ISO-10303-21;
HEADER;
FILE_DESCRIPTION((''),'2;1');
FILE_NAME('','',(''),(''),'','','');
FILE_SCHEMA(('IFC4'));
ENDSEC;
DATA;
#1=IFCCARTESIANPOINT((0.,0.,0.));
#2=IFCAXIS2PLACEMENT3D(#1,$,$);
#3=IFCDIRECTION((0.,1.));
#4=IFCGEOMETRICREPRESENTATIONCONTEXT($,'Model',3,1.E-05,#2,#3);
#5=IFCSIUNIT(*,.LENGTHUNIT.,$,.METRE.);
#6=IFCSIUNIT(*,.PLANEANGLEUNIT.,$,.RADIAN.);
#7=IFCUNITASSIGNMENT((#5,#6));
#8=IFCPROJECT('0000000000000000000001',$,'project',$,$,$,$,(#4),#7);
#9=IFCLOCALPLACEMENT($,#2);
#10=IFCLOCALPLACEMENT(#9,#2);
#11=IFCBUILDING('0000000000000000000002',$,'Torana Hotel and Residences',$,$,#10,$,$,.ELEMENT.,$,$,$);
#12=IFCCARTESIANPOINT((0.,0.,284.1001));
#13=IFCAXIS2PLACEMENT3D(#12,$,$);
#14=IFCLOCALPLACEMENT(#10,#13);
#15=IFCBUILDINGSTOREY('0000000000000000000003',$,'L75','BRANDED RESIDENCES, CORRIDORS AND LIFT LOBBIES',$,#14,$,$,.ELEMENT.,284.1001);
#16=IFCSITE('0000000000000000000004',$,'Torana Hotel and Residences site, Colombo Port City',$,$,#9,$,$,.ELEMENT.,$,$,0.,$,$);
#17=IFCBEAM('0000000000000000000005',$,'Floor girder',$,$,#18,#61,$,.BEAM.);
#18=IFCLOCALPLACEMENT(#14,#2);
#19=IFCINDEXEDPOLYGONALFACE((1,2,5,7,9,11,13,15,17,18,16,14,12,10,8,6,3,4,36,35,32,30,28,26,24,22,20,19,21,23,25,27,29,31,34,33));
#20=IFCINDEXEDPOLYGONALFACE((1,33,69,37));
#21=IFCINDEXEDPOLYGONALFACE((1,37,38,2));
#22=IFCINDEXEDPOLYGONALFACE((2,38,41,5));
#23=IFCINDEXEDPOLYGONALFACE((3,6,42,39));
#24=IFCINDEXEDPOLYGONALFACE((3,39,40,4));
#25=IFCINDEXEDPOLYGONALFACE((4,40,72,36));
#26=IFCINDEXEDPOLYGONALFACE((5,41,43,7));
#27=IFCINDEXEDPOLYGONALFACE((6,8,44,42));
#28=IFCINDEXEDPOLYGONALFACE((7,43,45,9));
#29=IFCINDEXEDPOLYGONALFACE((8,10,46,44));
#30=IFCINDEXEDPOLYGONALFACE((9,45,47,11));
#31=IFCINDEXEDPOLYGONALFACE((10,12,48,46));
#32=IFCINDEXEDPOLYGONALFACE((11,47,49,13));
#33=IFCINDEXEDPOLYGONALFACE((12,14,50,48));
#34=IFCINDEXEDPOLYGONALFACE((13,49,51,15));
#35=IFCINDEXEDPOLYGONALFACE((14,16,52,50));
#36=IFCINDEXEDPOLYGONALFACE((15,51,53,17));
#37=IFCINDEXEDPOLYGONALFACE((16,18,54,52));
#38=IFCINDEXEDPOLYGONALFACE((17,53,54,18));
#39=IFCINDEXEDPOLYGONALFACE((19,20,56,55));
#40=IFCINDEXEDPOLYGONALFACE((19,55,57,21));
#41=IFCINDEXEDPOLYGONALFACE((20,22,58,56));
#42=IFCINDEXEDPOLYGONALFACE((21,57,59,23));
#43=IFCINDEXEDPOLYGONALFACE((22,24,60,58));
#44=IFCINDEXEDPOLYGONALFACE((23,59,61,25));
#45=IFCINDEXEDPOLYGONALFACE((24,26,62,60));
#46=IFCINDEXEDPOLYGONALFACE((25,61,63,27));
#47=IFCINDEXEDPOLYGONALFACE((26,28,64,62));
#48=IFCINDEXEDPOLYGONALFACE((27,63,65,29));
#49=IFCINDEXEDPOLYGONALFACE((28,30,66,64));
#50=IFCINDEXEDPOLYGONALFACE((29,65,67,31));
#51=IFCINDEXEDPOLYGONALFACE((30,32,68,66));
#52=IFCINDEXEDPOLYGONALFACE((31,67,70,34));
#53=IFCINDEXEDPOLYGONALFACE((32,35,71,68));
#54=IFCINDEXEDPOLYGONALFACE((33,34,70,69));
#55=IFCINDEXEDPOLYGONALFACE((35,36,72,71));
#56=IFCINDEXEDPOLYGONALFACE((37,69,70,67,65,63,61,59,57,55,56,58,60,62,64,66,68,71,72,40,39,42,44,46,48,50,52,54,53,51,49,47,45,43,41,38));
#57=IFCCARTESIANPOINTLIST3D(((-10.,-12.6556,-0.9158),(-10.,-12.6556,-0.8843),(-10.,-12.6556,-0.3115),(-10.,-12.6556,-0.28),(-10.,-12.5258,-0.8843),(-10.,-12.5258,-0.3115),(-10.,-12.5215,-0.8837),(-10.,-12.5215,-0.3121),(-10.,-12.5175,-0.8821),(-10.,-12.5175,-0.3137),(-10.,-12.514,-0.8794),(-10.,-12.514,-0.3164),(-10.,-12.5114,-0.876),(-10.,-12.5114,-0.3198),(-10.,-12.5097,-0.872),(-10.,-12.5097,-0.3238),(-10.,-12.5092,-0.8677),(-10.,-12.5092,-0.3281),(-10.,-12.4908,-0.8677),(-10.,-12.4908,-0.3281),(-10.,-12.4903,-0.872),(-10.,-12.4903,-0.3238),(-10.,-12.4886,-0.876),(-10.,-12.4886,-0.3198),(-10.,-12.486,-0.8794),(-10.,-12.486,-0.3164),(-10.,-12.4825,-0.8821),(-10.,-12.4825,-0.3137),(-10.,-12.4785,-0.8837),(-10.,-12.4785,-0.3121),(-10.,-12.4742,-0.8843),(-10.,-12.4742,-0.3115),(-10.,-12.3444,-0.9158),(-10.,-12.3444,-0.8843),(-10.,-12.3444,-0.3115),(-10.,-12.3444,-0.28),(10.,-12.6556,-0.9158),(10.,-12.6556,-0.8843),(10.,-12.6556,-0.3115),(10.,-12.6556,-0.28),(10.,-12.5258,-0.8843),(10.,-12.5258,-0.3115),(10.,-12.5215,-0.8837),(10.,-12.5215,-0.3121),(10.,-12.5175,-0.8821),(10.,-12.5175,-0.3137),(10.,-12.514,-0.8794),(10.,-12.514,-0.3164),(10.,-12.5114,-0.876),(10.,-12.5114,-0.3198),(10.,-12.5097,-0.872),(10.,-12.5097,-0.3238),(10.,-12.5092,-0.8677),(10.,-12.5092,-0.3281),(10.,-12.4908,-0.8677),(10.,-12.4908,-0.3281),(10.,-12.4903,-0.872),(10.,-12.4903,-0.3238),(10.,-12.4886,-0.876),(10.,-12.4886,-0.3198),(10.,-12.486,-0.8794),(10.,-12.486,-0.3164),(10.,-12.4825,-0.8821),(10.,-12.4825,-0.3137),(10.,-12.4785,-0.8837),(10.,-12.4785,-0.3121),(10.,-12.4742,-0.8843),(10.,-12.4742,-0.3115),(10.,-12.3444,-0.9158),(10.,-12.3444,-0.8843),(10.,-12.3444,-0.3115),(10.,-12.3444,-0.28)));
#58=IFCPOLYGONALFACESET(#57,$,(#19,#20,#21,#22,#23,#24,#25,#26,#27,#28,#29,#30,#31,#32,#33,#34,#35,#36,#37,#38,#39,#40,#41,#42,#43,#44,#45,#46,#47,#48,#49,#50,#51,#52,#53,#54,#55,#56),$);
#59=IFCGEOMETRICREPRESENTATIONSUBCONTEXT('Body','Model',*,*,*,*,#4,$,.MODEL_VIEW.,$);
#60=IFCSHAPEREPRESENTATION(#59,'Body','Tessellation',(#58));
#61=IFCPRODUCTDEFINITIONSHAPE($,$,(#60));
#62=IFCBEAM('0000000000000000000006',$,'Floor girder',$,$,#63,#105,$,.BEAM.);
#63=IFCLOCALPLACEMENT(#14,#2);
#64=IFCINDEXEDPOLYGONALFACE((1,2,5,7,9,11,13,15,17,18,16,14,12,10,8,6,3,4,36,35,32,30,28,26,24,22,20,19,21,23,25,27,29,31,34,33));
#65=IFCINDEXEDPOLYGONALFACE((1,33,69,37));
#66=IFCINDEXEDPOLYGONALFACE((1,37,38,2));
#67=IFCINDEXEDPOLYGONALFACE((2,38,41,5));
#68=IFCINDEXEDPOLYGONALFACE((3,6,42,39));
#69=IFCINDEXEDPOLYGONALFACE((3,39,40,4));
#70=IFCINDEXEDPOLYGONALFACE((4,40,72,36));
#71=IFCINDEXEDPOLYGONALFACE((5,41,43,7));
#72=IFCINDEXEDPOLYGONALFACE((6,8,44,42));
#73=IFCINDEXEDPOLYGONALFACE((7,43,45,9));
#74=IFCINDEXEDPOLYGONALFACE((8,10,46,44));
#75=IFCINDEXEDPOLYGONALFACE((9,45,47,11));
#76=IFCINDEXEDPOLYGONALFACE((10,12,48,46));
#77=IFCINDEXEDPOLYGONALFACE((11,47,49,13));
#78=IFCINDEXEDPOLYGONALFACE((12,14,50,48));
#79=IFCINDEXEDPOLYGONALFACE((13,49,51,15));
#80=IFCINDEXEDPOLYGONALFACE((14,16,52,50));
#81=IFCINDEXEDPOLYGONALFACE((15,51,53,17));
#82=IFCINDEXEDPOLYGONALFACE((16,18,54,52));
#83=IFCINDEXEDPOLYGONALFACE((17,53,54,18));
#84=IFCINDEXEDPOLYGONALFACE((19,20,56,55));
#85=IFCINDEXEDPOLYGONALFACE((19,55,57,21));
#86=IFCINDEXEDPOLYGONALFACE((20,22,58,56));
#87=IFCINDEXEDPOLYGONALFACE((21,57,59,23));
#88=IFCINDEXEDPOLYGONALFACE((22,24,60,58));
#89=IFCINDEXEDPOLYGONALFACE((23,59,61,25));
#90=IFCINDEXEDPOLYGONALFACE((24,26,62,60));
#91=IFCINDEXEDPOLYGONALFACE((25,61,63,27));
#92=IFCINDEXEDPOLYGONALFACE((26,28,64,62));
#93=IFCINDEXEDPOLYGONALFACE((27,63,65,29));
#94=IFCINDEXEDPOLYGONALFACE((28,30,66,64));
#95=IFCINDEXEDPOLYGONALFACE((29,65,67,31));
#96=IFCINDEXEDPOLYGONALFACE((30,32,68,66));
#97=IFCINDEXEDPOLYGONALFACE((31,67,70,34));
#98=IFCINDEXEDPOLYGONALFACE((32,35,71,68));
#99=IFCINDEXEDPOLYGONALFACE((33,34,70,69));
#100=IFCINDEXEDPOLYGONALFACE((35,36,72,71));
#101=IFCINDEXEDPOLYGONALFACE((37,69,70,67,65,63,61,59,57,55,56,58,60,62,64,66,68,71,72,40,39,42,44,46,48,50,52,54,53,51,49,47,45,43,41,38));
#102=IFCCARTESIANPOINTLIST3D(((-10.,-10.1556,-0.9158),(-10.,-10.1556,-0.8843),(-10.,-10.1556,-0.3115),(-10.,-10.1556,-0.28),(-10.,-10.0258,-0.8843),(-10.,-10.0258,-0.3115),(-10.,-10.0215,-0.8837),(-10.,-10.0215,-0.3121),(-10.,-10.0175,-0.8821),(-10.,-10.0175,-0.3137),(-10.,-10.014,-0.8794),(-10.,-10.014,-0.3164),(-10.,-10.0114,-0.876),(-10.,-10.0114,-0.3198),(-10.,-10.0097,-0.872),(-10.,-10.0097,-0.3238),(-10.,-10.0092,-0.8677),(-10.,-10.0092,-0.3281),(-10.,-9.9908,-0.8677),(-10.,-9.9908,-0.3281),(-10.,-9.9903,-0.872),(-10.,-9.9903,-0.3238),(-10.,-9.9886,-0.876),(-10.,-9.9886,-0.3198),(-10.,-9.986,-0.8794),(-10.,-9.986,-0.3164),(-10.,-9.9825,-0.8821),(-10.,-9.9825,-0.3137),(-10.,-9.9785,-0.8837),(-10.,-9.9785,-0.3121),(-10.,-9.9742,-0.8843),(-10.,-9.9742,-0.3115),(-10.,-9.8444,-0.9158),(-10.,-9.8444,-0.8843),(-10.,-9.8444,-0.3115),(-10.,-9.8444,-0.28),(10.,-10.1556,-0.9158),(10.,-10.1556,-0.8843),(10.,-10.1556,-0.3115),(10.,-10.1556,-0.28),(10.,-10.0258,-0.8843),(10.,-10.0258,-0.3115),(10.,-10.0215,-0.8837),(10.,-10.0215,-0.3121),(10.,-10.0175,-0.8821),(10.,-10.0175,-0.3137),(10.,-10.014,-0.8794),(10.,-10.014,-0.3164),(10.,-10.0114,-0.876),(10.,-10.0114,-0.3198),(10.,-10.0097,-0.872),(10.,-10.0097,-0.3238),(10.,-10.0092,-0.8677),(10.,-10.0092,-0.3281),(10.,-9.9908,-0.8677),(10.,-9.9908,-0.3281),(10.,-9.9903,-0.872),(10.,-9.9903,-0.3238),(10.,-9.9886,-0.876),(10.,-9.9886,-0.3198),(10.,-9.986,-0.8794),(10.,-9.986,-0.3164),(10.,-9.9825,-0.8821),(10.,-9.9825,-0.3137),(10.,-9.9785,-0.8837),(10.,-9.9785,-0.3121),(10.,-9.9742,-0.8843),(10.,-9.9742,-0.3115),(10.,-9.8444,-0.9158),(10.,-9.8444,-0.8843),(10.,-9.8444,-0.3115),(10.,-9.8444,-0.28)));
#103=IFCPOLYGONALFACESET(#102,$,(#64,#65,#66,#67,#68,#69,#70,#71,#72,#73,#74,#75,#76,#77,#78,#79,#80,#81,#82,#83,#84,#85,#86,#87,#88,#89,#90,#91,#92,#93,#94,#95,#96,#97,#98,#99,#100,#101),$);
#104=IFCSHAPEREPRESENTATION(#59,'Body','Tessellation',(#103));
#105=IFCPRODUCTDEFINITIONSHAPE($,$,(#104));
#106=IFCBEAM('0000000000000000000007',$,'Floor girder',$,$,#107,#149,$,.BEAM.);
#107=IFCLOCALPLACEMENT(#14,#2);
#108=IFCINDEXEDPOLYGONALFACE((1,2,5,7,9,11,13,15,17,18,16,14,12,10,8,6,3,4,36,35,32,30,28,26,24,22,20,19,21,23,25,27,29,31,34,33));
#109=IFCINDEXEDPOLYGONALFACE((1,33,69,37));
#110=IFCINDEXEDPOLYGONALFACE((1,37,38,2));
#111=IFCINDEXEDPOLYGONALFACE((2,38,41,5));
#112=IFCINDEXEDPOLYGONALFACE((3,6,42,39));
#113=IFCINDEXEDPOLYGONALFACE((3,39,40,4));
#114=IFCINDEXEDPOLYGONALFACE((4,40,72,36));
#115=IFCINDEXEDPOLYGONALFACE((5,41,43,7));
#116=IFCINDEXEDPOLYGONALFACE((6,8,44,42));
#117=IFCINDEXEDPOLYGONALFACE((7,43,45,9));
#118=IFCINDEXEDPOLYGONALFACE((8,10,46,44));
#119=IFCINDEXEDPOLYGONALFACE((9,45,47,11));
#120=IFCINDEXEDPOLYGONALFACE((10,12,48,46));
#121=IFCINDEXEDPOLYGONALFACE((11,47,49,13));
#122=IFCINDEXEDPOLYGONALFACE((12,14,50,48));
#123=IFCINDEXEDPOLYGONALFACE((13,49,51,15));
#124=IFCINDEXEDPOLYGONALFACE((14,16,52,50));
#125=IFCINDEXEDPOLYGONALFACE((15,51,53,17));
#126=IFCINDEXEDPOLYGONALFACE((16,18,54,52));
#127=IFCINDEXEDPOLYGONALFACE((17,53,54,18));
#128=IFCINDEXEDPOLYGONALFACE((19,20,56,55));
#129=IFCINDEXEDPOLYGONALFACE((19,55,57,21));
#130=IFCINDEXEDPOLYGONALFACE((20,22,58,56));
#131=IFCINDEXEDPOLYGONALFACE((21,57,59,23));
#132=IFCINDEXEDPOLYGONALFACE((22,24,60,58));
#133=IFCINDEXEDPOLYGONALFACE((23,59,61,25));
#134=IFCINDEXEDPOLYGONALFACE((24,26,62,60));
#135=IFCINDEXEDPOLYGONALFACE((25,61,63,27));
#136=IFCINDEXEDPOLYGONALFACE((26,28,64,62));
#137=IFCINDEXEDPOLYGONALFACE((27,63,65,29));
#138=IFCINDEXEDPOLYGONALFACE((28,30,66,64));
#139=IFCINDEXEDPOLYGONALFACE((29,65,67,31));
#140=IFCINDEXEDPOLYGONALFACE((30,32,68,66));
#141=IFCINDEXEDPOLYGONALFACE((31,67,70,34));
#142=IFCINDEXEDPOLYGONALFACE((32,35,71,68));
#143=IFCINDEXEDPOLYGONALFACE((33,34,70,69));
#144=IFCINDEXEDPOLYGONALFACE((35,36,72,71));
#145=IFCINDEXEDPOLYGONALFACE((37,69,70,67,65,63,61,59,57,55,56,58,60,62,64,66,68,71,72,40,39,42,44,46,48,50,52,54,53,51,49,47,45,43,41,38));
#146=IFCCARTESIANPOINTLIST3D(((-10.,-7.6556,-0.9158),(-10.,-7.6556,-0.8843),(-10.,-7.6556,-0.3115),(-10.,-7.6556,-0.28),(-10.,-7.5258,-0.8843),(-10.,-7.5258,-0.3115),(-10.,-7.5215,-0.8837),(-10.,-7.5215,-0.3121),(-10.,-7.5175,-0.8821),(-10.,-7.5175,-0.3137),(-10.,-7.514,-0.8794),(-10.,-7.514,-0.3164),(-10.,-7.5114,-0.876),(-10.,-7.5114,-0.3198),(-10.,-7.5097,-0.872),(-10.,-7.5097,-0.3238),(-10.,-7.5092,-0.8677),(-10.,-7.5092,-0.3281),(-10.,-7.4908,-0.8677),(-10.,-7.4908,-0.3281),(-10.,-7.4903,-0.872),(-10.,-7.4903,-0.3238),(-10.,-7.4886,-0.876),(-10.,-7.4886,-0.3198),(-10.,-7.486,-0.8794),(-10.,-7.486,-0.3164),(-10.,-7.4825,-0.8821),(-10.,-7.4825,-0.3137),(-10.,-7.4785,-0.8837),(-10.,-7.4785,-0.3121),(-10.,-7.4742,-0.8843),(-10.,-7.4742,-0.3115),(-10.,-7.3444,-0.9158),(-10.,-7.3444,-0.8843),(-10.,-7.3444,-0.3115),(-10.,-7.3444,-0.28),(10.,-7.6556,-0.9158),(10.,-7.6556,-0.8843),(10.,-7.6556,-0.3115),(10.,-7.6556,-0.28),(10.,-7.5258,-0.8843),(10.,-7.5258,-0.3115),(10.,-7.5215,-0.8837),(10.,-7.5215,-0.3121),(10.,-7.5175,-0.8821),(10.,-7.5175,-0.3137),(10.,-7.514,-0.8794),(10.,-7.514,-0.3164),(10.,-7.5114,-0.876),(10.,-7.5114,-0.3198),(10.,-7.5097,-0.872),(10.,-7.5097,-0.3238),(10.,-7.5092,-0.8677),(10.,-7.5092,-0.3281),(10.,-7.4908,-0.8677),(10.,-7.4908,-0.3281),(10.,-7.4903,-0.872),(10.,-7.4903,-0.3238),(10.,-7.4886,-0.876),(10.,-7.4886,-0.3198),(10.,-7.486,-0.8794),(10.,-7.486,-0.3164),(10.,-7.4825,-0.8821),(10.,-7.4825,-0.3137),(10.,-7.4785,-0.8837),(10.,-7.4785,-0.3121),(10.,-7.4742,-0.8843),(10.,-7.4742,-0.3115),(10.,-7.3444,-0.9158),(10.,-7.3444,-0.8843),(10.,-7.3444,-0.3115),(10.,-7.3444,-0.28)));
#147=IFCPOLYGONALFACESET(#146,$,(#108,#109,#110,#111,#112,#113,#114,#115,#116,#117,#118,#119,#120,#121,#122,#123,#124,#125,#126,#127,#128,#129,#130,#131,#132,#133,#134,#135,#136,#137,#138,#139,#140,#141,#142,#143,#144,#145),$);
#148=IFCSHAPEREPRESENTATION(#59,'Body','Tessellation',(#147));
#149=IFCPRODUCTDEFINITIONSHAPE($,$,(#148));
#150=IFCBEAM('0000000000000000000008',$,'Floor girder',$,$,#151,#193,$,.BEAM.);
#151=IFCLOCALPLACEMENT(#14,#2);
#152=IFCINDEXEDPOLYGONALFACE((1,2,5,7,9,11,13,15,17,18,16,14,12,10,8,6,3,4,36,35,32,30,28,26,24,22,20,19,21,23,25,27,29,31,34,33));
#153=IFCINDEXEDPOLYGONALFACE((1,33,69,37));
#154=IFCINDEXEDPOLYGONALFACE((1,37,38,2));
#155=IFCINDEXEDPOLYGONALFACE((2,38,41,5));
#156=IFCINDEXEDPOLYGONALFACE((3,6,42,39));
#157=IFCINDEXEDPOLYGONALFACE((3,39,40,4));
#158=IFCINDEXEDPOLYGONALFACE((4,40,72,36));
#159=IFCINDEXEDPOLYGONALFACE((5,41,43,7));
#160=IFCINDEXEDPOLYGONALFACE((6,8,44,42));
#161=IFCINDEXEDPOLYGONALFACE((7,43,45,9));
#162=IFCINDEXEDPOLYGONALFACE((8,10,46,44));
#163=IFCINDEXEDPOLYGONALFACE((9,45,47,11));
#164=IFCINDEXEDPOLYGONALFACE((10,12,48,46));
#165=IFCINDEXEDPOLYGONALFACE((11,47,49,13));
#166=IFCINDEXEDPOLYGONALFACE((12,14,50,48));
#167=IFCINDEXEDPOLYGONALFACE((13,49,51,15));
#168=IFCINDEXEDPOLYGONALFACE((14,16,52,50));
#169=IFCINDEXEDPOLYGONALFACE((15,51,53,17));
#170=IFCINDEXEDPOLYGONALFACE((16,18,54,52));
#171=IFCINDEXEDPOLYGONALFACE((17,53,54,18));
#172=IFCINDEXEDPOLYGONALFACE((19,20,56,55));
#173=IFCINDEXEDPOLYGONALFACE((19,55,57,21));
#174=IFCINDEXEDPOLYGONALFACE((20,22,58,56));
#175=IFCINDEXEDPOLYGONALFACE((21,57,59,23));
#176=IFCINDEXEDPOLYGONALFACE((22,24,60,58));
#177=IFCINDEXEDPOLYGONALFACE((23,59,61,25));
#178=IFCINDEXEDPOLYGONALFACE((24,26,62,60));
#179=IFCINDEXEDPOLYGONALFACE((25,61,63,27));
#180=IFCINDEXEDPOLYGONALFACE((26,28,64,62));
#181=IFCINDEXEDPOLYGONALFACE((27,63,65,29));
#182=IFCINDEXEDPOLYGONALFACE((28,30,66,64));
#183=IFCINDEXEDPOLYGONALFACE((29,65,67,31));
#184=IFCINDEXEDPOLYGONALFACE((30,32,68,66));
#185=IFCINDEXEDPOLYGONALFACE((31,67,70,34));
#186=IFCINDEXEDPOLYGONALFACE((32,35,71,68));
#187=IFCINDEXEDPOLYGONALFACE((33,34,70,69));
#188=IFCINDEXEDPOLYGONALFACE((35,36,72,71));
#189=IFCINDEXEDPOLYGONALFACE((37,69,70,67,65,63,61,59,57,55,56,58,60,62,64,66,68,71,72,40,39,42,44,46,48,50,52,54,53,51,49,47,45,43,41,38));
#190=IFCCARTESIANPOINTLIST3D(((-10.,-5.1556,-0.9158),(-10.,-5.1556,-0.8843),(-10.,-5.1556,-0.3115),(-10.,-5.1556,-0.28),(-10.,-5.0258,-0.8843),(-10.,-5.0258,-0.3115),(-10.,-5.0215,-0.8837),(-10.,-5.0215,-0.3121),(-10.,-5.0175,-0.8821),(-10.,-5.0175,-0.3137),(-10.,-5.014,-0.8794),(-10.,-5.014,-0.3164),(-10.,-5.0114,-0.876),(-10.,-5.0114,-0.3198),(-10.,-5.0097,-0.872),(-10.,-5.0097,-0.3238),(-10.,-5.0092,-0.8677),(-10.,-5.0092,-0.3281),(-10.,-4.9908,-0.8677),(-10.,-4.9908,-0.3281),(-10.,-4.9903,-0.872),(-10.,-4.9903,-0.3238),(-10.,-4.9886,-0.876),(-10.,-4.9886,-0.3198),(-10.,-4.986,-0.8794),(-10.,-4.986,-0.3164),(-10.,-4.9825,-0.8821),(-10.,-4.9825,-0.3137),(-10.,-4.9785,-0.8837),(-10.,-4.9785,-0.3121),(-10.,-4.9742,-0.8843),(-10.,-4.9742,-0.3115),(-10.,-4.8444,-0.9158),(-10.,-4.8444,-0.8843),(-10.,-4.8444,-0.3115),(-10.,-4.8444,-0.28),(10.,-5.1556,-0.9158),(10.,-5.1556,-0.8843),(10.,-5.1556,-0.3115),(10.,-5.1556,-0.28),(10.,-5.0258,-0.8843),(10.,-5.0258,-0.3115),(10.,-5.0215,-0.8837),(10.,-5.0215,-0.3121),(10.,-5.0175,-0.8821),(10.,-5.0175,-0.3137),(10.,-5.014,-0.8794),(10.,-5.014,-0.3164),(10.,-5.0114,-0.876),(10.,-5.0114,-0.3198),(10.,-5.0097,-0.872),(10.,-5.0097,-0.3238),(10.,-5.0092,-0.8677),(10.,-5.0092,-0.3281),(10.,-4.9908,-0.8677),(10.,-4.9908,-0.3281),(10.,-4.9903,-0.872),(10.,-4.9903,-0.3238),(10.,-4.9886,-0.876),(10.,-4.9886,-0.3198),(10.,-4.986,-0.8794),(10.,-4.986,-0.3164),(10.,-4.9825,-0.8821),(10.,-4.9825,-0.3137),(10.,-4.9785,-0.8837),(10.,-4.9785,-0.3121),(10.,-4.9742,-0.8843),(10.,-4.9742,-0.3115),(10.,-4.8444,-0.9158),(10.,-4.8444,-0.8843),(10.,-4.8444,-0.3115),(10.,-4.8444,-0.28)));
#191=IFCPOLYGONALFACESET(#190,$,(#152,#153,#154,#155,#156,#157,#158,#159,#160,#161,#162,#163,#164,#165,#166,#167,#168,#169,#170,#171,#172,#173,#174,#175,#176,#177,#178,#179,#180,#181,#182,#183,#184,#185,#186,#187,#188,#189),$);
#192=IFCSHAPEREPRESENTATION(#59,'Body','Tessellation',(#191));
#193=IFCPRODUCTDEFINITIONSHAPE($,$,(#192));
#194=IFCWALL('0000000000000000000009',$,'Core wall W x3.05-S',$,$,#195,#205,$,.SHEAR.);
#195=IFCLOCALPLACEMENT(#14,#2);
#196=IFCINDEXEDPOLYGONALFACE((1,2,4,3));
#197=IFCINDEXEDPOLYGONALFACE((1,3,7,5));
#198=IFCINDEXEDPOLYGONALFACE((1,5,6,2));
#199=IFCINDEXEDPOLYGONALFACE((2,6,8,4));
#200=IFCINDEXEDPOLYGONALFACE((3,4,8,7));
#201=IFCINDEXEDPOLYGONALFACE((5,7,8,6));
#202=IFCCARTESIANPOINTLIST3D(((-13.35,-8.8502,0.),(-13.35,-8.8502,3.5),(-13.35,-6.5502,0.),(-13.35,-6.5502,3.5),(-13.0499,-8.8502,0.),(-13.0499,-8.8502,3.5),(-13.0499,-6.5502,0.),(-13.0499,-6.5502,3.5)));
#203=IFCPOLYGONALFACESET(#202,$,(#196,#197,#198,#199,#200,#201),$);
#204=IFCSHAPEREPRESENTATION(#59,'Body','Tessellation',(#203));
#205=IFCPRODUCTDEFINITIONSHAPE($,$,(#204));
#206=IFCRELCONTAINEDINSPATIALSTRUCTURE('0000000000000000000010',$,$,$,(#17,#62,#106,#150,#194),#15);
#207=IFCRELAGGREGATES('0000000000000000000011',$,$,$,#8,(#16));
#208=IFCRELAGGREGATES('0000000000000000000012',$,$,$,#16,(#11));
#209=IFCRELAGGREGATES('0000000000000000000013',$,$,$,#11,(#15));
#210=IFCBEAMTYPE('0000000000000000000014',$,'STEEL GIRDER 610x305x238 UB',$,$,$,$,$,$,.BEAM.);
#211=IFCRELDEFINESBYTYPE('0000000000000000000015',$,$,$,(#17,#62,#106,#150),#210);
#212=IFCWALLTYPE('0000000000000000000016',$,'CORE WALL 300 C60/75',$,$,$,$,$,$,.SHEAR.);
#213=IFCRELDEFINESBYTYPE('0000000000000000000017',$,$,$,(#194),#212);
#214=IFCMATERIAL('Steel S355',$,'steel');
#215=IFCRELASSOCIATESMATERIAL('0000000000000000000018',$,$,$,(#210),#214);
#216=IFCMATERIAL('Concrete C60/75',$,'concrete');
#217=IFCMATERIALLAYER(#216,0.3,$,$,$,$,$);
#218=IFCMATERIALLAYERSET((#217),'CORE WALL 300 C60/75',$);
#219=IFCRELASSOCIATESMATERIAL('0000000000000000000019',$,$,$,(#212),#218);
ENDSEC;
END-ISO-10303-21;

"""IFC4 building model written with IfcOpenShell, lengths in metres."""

from ifc_helpers import new_model, si_unit, direction, frame, frame_2d, origin, origin_2d, place, context, subcontext, project, spatial, rectangle, i_section, extrude, material, layer, layer_set, material_profile, profile_set, type_object, element, save


model = new_model("IFC4")

# Units and contexts
model_context = context("Model", 3, precision=1e-05, world=origin(), true_north=direction((0.0, 1.0)))
body_context = subcontext(model_context, "Body", "Model", "MODEL_VIEW")
ifc_project = project(units=[si_unit("LENGTHUNIT", "METRE"), si_unit("PLANEANGLEUNIT", "RADIAN")], contexts=[model_context])

# Site, building, storey
site_placement = place(None, origin())
site = spatial("IfcSite", under=ifc_project, at=site_placement, Name="Torana Hotel and Residences site, Colombo Port City", CompositionType="ELEMENT", RefElevation=0.0)
building_placement = place(site_placement, origin())
building = spatial("IfcBuilding", under=site, at=building_placement, Name="Torana Hotel and Residences", CompositionType="ELEMENT")
storey_placement = place(building_placement, frame((0.0, 0.0, 284.1001)))
storey = spatial("IfcBuildingStorey", under=building, at=storey_placement, Name="L75", Description="BRANDED RESIDENCES, CORRIDORS AND LIFT LOBBIES", CompositionType="ELEMENT", Elevation=284.1001)

# Beams
ifc_material_1 = material(Name="Steel S355", Category="steel")
ifc_material_profile = material_profile(ifc_material_1, i_section(OverallWidth=0.3113, OverallDepth=0.6357, WebThickness=0.0183, FlangeThickness=0.0315, FilletRadius=0.0166, at=origin_2d()), Name="610x305x238 UB")
ifc_profile_set = profile_set([ifc_material_profile], Name="Steel S355")
beam_type = type_object("IfcBeamType", Name="STEEL GIRDER 610x305x238 UB", PredefinedType="BEAM", material=ifc_profile_set)
for number, where, z_axis, x_axis, name in (
    (1, (-10.0, -12.5, -0.5979), (1.0, 0.0, 0.0), (0.0, 1.0, 0.0), "Floor girder"),
    (2, (-10.0, -10.0, -0.5979), (1.0, 0.0, 0.0), (0.0, 1.0, 0.0), "Floor girder"),
    (3, (-10.0, -7.5, -0.5979), (1.0, 0.0, 0.0), (0.0, 1.0, 0.0), "Floor girder"),
    (4, (-10.0, -5.0, -0.5979), (1.0, 0.0, 0.0), (0.0, 1.0, 0.0), "Floor girder"),
):
    element("IfcBeam", number, at=place(storey_placement, frame(where, z_axis=z_axis, x_axis=x_axis)), inside=storey, type_object=beam_type, Name=name, PredefinedType="BEAM", context=body_context, shape_type="SweptSolid", body=[
        extrude(i_section(OverallWidth=0.3113, OverallDepth=0.6357, WebThickness=0.0183, FlangeThickness=0.0315, FilletRadius=0.0166, at=origin_2d()), origin(), (0.0, 0.0, 1.0), 20.0),
    ])

# Wall
ifc_material_2 = material(Name="Concrete C60/75", Category="concrete")
ifc_layer_1 = layer(ifc_material_2, 0.3)
ifc_layer_set_1 = layer_set([ifc_layer_1], Name="CORE WALL 300 C60/75")
wall_type_1 = type_object("IfcWallType", Name="CORE WALL 300 C60/75", PredefinedType="SHEAR", material=ifc_layer_set_1)
wall_1_placement = place(storey_placement, frame((-13.2, -8.8501, 0.0), z_axis=(0.0, 0.0, 1.0), x_axis=(0.0, 1.0, 0.0)))
element("IfcWall", 5, at=wall_1_placement, inside=storey, type_object=wall_type_1, Name="Core wall W x3.05-S", PredefinedType="SHEAR", context=body_context, shape_type="SweptSolid", body=[
    extrude(rectangle(XDim=2.3, YDim=0.3, at=frame_2d((1.1499, 0.0))), origin(), (0.0, 0.0, 1.0), 3.5),
])

save(model, "model.ifc")
